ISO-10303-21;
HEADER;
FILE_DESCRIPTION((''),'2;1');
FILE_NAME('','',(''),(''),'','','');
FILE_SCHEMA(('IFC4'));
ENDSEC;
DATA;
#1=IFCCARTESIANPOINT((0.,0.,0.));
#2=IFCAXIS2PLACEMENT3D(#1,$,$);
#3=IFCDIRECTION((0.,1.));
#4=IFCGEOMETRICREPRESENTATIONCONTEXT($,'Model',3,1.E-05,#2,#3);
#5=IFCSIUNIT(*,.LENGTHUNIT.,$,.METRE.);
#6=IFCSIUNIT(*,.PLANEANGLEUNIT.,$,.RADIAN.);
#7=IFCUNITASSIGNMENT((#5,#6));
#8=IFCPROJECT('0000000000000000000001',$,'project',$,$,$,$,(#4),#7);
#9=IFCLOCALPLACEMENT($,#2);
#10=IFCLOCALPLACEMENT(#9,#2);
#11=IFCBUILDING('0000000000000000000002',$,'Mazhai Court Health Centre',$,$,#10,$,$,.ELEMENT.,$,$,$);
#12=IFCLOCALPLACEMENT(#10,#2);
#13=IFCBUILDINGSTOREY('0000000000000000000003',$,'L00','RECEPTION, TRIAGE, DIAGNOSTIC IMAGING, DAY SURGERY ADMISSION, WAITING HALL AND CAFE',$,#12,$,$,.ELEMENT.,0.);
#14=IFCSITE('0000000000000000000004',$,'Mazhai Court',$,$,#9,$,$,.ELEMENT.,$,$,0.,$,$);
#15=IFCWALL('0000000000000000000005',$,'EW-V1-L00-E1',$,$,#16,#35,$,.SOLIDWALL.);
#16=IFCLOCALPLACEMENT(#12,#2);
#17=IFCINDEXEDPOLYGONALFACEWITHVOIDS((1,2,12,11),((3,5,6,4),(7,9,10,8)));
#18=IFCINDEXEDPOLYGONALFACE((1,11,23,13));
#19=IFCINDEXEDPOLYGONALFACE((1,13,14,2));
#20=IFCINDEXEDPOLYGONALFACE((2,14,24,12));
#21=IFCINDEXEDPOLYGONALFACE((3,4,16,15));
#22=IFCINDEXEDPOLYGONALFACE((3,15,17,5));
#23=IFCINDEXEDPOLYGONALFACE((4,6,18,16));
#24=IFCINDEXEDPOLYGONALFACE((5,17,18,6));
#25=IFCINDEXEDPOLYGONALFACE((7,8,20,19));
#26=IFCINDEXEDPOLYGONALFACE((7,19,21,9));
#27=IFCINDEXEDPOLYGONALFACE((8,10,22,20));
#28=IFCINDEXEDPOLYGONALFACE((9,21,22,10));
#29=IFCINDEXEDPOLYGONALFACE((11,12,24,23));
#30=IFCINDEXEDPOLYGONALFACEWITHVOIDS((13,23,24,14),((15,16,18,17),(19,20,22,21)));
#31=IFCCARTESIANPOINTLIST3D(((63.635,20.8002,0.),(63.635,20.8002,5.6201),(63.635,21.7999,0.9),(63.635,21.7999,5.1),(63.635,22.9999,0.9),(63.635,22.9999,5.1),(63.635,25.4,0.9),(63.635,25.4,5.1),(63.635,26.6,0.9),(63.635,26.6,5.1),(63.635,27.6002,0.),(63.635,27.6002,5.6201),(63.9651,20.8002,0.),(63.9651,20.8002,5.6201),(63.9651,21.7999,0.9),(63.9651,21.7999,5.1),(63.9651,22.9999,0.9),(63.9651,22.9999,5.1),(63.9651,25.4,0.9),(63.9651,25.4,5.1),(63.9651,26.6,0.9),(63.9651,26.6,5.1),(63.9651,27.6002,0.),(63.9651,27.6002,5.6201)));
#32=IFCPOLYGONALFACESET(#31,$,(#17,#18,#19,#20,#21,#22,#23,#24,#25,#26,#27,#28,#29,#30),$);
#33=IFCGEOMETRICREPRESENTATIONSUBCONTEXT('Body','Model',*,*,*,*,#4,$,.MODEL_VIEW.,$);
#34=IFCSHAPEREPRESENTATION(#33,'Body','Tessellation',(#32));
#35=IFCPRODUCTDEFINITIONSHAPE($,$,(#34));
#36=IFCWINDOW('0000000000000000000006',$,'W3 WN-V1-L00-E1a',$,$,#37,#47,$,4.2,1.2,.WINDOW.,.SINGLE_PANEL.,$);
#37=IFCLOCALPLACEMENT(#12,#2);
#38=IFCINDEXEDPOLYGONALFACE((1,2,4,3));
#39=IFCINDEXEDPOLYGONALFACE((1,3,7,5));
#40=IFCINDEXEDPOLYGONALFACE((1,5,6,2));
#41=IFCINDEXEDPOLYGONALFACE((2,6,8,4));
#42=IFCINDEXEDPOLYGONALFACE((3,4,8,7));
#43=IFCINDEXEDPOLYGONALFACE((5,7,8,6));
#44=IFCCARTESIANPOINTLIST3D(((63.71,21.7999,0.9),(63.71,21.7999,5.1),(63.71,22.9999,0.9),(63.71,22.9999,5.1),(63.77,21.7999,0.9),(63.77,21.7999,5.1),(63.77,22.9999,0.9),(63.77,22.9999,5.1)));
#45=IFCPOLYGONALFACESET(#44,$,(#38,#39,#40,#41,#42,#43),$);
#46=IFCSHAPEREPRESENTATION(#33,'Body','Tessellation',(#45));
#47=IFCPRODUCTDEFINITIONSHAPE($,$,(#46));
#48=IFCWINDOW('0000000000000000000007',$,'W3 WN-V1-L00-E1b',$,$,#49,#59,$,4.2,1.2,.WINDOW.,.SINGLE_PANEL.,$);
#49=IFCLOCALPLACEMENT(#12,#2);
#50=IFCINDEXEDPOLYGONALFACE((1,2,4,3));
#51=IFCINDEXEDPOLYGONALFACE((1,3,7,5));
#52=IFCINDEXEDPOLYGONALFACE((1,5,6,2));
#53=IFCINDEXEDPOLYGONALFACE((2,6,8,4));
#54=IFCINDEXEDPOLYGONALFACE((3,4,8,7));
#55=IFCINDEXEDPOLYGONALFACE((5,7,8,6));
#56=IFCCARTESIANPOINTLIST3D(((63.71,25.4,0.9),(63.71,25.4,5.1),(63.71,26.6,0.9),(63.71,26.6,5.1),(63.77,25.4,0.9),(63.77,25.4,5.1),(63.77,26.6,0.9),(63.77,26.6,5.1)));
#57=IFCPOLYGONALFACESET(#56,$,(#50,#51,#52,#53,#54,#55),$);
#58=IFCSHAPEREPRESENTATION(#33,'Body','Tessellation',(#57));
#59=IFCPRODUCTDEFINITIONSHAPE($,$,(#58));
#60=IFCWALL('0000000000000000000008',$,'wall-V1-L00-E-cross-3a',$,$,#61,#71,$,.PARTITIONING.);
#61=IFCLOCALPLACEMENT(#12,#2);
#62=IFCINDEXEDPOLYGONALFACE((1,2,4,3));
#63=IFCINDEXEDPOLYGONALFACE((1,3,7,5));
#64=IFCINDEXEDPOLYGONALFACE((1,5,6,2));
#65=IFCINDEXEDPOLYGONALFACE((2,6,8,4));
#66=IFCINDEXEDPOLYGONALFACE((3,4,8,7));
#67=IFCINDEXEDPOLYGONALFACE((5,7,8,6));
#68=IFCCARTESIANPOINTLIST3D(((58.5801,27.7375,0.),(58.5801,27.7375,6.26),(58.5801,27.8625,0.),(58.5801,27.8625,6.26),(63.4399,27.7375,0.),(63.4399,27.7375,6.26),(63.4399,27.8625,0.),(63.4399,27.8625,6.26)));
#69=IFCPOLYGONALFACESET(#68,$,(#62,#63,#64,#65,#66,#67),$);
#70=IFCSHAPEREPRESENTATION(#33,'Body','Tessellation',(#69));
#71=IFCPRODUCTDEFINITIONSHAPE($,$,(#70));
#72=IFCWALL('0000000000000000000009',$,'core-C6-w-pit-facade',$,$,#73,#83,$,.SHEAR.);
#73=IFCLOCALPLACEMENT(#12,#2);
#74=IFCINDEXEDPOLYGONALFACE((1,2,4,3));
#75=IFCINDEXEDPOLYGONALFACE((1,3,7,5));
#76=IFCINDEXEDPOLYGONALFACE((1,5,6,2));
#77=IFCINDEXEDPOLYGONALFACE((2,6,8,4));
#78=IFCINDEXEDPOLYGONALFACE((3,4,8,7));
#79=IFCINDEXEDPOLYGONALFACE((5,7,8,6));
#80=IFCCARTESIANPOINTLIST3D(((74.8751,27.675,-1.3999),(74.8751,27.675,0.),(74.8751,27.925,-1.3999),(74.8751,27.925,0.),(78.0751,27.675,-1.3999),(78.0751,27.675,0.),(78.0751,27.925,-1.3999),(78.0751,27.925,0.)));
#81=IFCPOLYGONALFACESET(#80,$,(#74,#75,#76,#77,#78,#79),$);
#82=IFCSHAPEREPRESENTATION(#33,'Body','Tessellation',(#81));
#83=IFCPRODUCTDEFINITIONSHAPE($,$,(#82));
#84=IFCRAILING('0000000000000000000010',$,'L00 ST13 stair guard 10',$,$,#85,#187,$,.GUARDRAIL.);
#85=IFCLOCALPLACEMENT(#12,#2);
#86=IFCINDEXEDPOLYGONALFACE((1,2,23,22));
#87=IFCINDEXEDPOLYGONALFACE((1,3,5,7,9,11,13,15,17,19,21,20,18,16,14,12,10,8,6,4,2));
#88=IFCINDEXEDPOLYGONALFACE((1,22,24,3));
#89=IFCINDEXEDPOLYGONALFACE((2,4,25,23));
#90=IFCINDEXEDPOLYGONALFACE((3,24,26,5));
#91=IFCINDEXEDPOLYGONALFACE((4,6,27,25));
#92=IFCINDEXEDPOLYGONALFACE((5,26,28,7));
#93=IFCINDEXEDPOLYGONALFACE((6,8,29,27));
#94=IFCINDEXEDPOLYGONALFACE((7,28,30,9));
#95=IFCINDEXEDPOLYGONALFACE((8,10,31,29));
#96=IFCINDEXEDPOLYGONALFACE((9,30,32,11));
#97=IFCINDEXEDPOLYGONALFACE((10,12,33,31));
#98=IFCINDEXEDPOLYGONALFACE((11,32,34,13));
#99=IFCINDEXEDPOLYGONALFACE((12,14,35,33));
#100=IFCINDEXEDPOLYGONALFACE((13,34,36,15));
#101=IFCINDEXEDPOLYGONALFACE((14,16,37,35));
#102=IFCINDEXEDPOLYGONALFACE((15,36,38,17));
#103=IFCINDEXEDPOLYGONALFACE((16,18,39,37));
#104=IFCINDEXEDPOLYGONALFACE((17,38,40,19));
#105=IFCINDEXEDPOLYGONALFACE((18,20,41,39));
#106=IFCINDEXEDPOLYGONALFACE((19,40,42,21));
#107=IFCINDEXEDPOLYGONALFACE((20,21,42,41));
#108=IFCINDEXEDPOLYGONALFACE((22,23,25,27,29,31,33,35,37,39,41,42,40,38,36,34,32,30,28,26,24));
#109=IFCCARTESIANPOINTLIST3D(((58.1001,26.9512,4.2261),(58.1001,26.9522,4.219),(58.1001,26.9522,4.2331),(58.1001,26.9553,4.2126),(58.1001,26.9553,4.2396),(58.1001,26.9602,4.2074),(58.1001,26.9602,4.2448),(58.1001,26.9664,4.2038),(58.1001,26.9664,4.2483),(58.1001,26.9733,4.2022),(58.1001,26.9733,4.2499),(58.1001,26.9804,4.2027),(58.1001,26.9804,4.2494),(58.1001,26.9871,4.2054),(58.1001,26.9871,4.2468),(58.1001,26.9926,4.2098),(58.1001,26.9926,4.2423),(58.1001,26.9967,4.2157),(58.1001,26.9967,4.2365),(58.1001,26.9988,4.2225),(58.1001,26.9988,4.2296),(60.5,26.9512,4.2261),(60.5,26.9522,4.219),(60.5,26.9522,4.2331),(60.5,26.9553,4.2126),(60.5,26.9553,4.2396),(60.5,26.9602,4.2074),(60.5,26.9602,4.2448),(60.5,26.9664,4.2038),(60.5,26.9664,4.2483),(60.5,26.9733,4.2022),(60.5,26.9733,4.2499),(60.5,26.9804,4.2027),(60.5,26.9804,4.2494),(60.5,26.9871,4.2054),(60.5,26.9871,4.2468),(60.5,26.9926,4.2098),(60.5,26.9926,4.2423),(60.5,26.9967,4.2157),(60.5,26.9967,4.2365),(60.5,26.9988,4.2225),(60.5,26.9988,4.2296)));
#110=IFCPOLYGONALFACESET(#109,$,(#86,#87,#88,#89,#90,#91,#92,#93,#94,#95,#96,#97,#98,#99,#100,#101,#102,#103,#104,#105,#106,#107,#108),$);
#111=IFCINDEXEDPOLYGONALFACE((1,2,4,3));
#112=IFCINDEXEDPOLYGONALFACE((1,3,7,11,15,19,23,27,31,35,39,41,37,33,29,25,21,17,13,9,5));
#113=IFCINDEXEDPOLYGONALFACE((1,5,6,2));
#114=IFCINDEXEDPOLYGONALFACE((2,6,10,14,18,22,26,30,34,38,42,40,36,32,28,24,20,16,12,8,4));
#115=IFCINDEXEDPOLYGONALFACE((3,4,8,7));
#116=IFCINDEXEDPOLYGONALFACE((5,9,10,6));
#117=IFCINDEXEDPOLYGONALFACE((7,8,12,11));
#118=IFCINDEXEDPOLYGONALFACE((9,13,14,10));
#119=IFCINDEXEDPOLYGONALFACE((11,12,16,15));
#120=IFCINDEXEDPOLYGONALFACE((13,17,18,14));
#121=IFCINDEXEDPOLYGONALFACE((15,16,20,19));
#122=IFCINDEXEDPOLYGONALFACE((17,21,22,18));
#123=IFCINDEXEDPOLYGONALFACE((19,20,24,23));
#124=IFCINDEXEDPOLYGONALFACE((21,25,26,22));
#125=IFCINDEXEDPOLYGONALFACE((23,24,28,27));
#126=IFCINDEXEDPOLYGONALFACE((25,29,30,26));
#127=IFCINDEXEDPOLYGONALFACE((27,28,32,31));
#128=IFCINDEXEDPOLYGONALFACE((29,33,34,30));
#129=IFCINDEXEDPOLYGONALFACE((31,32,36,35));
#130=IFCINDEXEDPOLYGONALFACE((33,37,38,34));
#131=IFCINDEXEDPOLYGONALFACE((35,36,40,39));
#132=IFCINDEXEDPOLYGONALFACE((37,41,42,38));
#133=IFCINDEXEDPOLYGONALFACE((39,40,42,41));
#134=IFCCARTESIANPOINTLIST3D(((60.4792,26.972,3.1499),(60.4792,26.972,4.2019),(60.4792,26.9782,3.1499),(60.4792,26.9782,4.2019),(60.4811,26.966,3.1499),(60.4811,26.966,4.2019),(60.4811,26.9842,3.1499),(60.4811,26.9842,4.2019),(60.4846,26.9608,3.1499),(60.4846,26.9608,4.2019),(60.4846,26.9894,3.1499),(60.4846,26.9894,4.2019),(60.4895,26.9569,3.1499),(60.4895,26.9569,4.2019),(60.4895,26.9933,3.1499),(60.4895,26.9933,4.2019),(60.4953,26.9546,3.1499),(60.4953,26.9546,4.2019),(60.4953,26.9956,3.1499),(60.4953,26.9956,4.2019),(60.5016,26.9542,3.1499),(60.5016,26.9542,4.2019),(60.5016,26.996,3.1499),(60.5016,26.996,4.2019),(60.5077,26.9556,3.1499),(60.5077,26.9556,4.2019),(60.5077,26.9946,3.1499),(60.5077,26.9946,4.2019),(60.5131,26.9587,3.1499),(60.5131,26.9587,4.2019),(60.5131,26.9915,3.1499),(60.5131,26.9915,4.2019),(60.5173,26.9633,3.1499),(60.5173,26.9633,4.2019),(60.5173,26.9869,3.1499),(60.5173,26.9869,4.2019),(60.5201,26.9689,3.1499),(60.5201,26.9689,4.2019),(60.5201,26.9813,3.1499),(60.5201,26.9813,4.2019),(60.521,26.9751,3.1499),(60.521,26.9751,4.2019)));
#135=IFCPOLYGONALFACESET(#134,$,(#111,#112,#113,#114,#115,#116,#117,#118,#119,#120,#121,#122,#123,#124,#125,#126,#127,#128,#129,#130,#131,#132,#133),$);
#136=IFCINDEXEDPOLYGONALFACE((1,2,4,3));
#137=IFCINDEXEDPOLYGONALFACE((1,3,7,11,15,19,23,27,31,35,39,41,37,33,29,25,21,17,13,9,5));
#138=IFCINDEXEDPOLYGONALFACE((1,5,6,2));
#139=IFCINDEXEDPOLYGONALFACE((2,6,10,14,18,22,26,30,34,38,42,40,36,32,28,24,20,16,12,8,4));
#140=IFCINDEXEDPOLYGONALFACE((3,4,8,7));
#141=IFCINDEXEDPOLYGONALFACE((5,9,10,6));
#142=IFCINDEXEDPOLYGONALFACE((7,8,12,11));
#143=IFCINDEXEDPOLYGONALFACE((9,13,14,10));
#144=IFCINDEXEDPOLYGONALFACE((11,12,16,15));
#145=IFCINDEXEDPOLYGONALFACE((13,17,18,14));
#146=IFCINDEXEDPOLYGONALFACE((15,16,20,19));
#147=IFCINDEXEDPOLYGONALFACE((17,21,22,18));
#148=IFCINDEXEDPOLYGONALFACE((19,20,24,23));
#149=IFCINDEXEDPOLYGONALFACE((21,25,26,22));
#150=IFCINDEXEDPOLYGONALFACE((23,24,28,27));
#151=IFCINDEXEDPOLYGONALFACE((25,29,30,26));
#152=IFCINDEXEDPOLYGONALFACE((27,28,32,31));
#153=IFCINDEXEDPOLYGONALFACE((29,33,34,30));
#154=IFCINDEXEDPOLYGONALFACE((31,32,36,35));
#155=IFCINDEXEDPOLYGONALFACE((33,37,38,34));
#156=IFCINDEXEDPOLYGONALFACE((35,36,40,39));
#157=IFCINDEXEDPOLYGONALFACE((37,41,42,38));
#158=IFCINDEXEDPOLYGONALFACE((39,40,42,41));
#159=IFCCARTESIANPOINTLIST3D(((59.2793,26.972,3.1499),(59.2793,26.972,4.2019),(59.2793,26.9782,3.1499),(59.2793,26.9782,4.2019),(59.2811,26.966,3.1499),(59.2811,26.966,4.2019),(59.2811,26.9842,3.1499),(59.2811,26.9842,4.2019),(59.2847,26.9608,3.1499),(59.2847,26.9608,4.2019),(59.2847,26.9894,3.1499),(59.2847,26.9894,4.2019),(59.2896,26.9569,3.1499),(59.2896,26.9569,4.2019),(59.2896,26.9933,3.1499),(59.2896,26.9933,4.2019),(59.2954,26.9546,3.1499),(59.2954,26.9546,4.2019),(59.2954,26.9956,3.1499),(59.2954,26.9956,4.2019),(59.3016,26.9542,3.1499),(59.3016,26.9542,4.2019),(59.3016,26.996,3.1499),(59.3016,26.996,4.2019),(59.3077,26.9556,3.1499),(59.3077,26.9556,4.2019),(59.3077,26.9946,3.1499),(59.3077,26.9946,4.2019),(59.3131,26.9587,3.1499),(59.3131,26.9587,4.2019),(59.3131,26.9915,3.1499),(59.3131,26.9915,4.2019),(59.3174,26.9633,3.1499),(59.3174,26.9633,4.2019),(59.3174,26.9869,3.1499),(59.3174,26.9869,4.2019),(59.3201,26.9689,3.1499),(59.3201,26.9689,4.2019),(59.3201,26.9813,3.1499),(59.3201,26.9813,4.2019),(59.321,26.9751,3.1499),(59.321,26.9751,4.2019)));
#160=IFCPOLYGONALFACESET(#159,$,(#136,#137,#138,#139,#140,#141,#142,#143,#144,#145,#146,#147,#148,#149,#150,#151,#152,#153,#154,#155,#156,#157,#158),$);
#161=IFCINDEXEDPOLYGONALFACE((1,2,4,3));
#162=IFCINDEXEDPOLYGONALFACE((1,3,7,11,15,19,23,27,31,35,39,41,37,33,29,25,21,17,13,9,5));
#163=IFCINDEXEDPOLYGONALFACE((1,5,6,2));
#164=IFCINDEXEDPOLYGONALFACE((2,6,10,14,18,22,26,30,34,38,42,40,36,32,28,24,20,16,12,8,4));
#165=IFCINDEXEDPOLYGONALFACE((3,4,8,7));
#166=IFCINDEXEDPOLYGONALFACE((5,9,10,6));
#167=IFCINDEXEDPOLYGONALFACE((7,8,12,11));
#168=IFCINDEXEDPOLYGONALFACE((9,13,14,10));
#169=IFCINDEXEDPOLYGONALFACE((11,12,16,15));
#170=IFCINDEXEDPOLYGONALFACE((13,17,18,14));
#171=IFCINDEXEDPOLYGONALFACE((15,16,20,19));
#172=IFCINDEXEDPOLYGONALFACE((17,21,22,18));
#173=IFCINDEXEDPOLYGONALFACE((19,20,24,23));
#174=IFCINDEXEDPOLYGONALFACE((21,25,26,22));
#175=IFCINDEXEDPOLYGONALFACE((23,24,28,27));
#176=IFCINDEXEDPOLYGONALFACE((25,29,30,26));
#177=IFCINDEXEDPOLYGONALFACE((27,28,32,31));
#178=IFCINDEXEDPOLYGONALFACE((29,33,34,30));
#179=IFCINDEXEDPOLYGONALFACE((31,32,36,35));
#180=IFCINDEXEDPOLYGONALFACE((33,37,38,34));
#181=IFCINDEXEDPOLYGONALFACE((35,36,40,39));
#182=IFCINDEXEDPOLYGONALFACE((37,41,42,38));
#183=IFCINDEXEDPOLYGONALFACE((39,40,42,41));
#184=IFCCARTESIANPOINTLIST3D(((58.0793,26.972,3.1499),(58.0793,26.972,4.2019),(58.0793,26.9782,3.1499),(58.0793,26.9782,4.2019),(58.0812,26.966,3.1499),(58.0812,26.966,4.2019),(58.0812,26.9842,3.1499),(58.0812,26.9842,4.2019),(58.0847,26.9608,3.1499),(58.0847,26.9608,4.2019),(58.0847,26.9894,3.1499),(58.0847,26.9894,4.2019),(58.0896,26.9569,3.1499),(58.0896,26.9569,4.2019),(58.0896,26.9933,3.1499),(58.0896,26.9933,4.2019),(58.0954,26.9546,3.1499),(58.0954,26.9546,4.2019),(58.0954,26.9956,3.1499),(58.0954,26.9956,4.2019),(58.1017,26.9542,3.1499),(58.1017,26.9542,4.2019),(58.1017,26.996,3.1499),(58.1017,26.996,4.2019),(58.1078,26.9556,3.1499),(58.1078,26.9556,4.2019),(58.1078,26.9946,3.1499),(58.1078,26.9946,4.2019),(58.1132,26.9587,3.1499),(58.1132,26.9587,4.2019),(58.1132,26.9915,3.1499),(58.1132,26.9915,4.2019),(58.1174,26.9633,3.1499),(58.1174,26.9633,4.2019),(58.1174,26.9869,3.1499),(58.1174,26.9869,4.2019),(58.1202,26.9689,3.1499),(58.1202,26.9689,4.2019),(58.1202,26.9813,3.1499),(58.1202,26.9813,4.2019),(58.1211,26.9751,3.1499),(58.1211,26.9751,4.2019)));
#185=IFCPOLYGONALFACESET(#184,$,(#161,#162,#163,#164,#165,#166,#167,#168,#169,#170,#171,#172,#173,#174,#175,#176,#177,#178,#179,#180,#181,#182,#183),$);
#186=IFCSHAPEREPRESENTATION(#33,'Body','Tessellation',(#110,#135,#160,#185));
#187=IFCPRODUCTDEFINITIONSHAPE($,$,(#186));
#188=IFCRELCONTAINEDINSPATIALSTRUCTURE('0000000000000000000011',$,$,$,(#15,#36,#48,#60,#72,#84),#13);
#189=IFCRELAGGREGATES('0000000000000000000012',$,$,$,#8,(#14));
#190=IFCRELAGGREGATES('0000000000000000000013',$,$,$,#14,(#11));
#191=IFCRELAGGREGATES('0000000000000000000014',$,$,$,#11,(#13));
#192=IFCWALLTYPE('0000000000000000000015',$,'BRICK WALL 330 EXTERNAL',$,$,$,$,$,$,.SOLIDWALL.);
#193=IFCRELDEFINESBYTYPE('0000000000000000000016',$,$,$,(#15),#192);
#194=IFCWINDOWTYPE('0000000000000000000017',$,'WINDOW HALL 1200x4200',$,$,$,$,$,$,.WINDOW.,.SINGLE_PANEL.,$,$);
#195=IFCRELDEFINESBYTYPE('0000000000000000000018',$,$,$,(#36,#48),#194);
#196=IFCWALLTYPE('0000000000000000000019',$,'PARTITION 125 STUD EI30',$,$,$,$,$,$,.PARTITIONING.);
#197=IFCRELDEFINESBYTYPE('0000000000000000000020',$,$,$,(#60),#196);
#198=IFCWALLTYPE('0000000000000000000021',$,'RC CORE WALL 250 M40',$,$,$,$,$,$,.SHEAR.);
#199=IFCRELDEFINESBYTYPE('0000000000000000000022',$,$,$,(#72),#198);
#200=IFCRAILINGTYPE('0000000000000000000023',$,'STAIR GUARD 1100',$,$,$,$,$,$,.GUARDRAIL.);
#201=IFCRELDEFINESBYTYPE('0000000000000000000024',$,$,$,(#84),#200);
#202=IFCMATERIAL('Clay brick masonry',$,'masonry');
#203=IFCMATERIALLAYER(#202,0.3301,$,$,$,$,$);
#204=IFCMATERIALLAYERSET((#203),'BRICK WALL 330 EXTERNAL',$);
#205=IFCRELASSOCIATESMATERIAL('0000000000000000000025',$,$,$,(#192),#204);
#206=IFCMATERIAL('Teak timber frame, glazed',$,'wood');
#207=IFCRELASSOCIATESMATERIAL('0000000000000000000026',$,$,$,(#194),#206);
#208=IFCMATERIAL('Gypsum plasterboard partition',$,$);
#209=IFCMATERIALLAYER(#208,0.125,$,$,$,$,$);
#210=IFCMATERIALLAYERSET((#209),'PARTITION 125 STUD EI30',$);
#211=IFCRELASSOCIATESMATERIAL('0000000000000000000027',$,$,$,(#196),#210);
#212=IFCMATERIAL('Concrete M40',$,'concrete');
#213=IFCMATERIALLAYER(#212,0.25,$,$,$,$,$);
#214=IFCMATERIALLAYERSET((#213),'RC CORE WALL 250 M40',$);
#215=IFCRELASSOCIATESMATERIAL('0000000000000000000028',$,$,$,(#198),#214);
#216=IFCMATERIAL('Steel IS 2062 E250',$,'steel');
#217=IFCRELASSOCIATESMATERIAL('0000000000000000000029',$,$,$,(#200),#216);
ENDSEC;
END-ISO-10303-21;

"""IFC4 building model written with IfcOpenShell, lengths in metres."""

from ifc_helpers import new_model, si_unit, direction, frame, frame_2d, origin, origin_2d, place, context, subcontext, project, spatial, rectangle, circle, extrude, material, layer, layer_set, type_object, element, fill, save


model = new_model("IFC4")

# Units and contexts
model_context = context("Model", 3, precision=1e-05, world=origin(), true_north=direction((0.0, 1.0)))
body_context = subcontext(model_context, "Body", "Model", "MODEL_VIEW")
ifc_project = project(units=[si_unit("LENGTHUNIT", "METRE"), si_unit("PLANEANGLEUNIT", "RADIAN")], contexts=[model_context])

# Site, building, storey
site_placement = place(None, origin())
site = spatial("IfcSite", under=ifc_project, at=site_placement, Name="Mazhai Court", CompositionType="ELEMENT", RefElevation=0.0)
building_placement = place(site_placement, origin())
building = spatial("IfcBuilding", under=site, at=building_placement, Name="Mazhai Court Health Centre", CompositionType="ELEMENT")
storey_placement = place(building_placement, origin())
storey = spatial("IfcBuildingStorey", under=building, at=storey_placement, Name="L00", Description="RECEPTION, TRIAGE, DIAGNOSTIC IMAGING, DAY SURGERY ADMISSION, WAITING HALL AND CAFE", CompositionType="ELEMENT", Elevation=0.0)

# Shared definitions
ifc_material_1 = material(Name="Clay brick masonry", Category="masonry")
ifc_layer_1 = layer(ifc_material_1, 0.3301)
ifc_layer_set_1 = layer_set([ifc_layer_1], Name="BRICK WALL 330 EXTERNAL")
wall_type_1 = type_object("IfcWallType", Name="BRICK WALL 330 EXTERNAL", PredefinedType="SOLIDWALL", material=ifc_layer_set_1)

# Wall, openings, windows
wall_1_placement = place(storey_placement, frame((63.8, 27.6001, 0.0), z_axis=(0.0, 0.0, 1.0), x_axis=(0.0, -1.0, 0.0)))
wall_1 = element("IfcWall", 1, at=wall_1_placement, inside=storey, type_object=wall_type_1, Name="EW-V1-L00-E1", PredefinedType="SOLIDWALL", context=body_context, shape_type="SweptSolid", body=[
    extrude(rectangle(XDim=6.8, YDim=0.3301, at=frame_2d((3.3999, 0.0))), origin(), (0.0, 0.0, 1.0), 5.6201),
])
opening_1_placement = place(wall_1_placement, frame((4.6001, 0.0, 0.8999)))
opening_1 = element("IfcOpeningElement", 2, at=opening_1_placement, cuts=wall_1, PredefinedType="OPENING", context=body_context, shape_type="SweptSolid", body=[
    extrude(rectangle(XDim=1.2, YDim=4.2, at=frame_2d((0.6001, 2.1001))), frame((0.0, 0.175, 0.0), z_axis=(0.0, -1.0, 0.0), x_axis=(1.0, 0.0, 0.0)), (0.0, 0.0, 1.0), 0.3501),
])
opening_2_placement = place(wall_1_placement, frame((1.0, 0.0, 0.8999)))
opening_2 = element("IfcOpeningElement", 3, at=opening_2_placement, cuts=wall_1, PredefinedType="OPENING", context=body_context, shape_type="SweptSolid", body=[
    extrude(rectangle(XDim=1.2, YDim=4.2, at=frame_2d((0.6001, 2.1001))), frame((0.0, 0.175, 0.0), z_axis=(0.0, -1.0, 0.0), x_axis=(1.0, 0.0, 0.0)), (0.0, 0.0, 1.0), 0.3501),
])
ifc_material_2 = material(Name="Teak timber frame, glazed", Category="wood")
window_type = type_object("IfcWindowType", Name="WINDOW HALL 1200x4200", PartitioningType="SINGLE_PANEL", PredefinedType="WINDOW", material=ifc_material_2)
window_1_placement = place(opening_1_placement, origin())
window_1 = element("IfcWindow", 4, at=window_1_placement, inside=storey, type_object=window_type, Name="W3 WN-V1-L00-E1a", OverallHeight=4.2, OverallWidth=1.2, PartitioningType="SINGLE_PANEL", PredefinedType="WINDOW", context=body_context, shape_type="SweptSolid", body=[
    extrude(rectangle(XDim=1.2, YDim=4.2, at=frame_2d((0.6001, 2.1001))), frame((0.0, -0.03, 0.0), z_axis=(0.0, -1.0, 0.0), x_axis=(1.0, 0.0, 0.0)), (0.0, 0.0, 1.0), 0.0601),
])
fill(opening_1, window_1)
window_2_placement = place(opening_2_placement, origin())
window_2 = element("IfcWindow", 5, at=window_2_placement, inside=storey, type_object=window_type, Name="W3 WN-V1-L00-E1b", OverallHeight=4.2, OverallWidth=1.2, PartitioningType="SINGLE_PANEL", PredefinedType="WINDOW", context=body_context, shape_type="SweptSolid", body=[
    extrude(rectangle(XDim=1.2, YDim=4.2, at=frame_2d((0.6001, 2.1001))), frame((0.0, -0.03, 0.0), z_axis=(0.0, -1.0, 0.0), x_axis=(1.0, 0.0, 0.0)), (0.0, 0.0, 1.0), 0.0601),
])
fill(opening_2, window_2)

# Walls
ifc_material_3 = material(Name="Gypsum plasterboard partition")
ifc_layer_2 = layer(ifc_material_3, 0.125)
ifc_layer_set_2 = layer_set([ifc_layer_2], Name="PARTITION 125 STUD EI30")
wall_type_2 = type_object("IfcWallType", Name="PARTITION 125 STUD EI30", PredefinedType="PARTITIONING", material=ifc_layer_set_2)
wall_2_placement = place(storey_placement, frame((63.4399, 27.8, 0.0), z_axis=(0.0, 0.0, 1.0), x_axis=(-1.0, 0.0, 0.0)))
element("IfcWall", 6, at=wall_2_placement, inside=storey, type_object=wall_type_2, Name="wall-V1-L00-E-cross-3a", PredefinedType="PARTITIONING", context=body_context, shape_type="SweptSolid", body=[
    extrude(rectangle(XDim=4.8599, YDim=0.125, at=frame_2d((2.4299, 0.0))), origin(), (0.0, 0.0, 1.0), 6.26),
])
ifc_material_4 = material(Name="Concrete M40", Category="concrete")
ifc_layer_3 = layer(ifc_material_4, 0.25)
ifc_layer_set_3 = layer_set([ifc_layer_3], Name="RC CORE WALL 250 M40")
wall_type_3 = type_object("IfcWallType", Name="RC CORE WALL 250 M40", PredefinedType="SHEAR", material=ifc_layer_set_3)
wall_3_placement = place(storey_placement, frame((74.875, 27.8, -1.3999), z_axis=(0.0, 0.0, 1.0), x_axis=(1.0, 0.0, 0.0)))
element("IfcWall", 7, at=wall_3_placement, inside=storey, type_object=wall_type_3, Name="core-C6-w-pit-facade", PredefinedType="SHEAR", context=body_context, shape_type="SweptSolid", body=[
    extrude(rectangle(XDim=3.2, YDim=0.25, at=frame_2d((1.6001, 0.0))), origin(), (0.0, 0.0, 1.0), 1.3999),
])

# Railing
ifc_material_5 = material(Name="Steel IS 2062 E250", Category="steel")
railing_type = type_object("IfcRailingType", Name="STAIR GUARD 1100", PredefinedType="GUARDRAIL", material=ifc_material_5)
railing_1_placement = place(storey_placement, frame((60.5, 26.9751, 3.1499)))
element("IfcRailing", 8, at=railing_1_placement, inside=storey, type_object=railing_type, Name="L00 ST13 stair guard 10", PredefinedType="GUARDRAIL", context=body_context, shape_type="SweptSolid", body=[
    extrude(circle(Radius=0.0239, at=origin_2d()), frame((0.0, 0.0, 1.0762), z_axis=(-1.0, 0.0, 0.0), x_axis=(0.0, -1.0, 0.0)), (0.0, 0.0, 1.0), 2.3999),
    extrude(circle(Radius=0.021, at=origin_2d()), origin(), (0.0, 0.0, 1.0), 1.052),
    extrude(circle(Radius=0.021, at=origin_2d()), frame((-1.2, 0.0, 0.0)), (0.0, 0.0, 1.0), 1.052),
    extrude(circle(Radius=0.021, at=origin_2d()), frame((-2.3999, 0.0, 0.0)), (0.0, 0.0, 1.0), 1.052),
])

save(model, "model.ifc")
